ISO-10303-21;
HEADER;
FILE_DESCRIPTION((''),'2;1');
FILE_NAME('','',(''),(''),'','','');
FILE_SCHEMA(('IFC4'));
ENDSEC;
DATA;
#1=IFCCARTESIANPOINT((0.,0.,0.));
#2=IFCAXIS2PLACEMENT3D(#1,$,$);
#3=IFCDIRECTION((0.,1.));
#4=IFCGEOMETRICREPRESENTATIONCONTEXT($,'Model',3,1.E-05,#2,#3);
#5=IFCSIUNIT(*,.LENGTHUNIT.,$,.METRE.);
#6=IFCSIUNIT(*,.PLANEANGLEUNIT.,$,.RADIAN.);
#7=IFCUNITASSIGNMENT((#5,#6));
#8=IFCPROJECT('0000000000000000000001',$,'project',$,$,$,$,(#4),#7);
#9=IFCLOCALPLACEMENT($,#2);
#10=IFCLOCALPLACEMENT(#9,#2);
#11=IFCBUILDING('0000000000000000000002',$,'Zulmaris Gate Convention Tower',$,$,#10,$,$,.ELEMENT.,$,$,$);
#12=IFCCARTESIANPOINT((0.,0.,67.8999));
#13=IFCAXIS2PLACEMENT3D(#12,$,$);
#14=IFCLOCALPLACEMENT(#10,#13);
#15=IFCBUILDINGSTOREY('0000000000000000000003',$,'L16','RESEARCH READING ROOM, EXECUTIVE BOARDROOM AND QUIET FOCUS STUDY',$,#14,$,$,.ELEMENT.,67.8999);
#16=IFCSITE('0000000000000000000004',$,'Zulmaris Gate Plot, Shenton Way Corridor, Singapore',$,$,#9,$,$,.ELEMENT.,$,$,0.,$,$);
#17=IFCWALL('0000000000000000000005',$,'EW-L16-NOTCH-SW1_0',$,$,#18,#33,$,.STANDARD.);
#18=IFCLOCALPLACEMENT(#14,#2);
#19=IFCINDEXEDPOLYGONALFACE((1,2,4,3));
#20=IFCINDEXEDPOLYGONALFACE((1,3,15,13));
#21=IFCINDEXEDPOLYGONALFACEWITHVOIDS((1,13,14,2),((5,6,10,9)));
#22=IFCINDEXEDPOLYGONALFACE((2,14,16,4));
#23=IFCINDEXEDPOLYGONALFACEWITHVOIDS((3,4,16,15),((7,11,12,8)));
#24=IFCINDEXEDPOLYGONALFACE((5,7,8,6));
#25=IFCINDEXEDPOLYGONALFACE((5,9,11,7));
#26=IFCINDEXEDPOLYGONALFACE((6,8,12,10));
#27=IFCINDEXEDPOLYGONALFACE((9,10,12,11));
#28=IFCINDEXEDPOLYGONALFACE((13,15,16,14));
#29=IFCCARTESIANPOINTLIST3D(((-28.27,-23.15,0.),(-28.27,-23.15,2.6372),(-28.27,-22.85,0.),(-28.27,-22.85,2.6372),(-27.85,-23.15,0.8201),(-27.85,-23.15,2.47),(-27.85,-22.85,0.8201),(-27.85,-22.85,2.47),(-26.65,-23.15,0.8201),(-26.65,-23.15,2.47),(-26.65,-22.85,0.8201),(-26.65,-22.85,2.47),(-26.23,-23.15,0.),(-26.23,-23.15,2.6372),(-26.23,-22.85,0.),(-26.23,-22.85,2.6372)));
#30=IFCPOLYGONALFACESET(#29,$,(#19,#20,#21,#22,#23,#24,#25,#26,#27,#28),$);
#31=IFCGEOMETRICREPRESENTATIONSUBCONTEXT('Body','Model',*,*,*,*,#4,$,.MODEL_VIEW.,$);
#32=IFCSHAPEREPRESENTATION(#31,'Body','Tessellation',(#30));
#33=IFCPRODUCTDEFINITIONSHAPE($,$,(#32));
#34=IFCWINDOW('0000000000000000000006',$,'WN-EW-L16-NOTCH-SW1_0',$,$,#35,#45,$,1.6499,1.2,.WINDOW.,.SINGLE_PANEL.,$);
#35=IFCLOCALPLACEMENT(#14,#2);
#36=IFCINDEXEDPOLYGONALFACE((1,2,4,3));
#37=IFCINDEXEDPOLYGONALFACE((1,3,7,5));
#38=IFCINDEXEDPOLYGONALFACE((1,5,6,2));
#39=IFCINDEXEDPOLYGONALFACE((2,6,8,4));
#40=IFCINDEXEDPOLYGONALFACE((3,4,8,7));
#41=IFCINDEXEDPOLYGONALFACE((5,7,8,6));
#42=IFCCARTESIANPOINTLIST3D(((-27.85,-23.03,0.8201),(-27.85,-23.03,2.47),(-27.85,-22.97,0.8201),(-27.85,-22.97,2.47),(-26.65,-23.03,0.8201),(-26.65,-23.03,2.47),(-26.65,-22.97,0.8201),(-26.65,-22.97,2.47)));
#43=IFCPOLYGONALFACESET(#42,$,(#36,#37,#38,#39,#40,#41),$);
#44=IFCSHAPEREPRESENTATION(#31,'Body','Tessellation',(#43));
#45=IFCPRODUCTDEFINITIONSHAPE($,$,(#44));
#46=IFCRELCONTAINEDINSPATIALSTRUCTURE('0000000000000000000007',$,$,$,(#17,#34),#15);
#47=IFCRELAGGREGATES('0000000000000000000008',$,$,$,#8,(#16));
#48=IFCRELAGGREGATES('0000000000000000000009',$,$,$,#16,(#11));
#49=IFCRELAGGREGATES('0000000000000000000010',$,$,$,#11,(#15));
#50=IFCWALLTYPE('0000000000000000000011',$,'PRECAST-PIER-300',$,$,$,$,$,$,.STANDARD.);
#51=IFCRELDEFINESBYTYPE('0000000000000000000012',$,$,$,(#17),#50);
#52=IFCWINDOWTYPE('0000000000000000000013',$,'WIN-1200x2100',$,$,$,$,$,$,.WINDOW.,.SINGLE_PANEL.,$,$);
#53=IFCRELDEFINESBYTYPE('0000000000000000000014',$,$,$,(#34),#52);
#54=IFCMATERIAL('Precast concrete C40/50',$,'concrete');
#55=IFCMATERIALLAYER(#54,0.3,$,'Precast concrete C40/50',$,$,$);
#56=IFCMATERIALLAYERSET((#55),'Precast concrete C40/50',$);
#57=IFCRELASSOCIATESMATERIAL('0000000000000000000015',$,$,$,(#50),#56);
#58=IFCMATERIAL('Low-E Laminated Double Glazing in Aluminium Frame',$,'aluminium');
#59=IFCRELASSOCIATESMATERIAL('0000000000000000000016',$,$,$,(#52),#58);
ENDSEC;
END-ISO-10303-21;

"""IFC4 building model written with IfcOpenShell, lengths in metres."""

from ifc_helpers import new_model, si_unit, direction, frame, frame_2d, origin, place, context, subcontext, project, spatial, rectangle, extrude, material, layer, layer_set, type_object, element, fill, save


model = new_model("IFC4")

# Units and contexts
model_context = context("Model", 3, precision=1e-05, world=origin(), true_north=direction((0.0, 1.0)))
body_context = subcontext(model_context, "Body", "Model", "MODEL_VIEW")
ifc_project = project(units=[si_unit("LENGTHUNIT", "METRE"), si_unit("PLANEANGLEUNIT", "RADIAN")], contexts=[model_context])

# Site, building, storey
site_placement = place(None, origin())
site = spatial("IfcSite", under=ifc_project, at=site_placement, Name="Zulmaris Gate Plot, Shenton Way Corridor, Singapore", CompositionType="ELEMENT", RefElevation=0.0)
building_placement = place(site_placement, origin())
building = spatial("IfcBuilding", under=site, at=building_placement, Name="Zulmaris Gate Convention Tower", CompositionType="ELEMENT")
storey_placement = place(building_placement, frame((0.0, 0.0, 67.8999)))
storey = spatial("IfcBuildingStorey", under=building, at=storey_placement, Name="L16", Description="RESEARCH READING ROOM, EXECUTIVE BOARDROOM AND QUIET FOCUS STUDY", CompositionType="ELEMENT", Elevation=67.8999)

# Wall, opening, window
ifc_material_1 = material(Name="Precast concrete C40/50", Category="concrete")
ifc_layer_1 = layer(ifc_material_1, 0.3, Name="Precast concrete C40/50")
ifc_layer_set_1 = layer_set([ifc_layer_1], Name="Precast concrete C40/50")
wall_type_1 = type_object("IfcWallType", Name="PRECAST-PIER-300", PredefinedType="STANDARD", material=ifc_layer_set_1)
wall_1_placement = place(storey_placement, frame((-28.27, -23.0, 0.0), z_axis=(0.0, 0.0, 1.0), x_axis=(1.0, 0.0, 0.0)))
wall_1 = element("IfcWall", 1, at=wall_1_placement, inside=storey, type_object=wall_type_1, Name="EW-L16-NOTCH-SW1_0", PredefinedType="STANDARD", context=body_context, shape_type="SweptSolid", body=[
    extrude(rectangle(XDim=2.04, YDim=0.3, at=frame_2d((1.02, 0.0))), origin(), (0.0, 0.0, 1.0), 2.6372),
])
opening_1_placement = place(wall_1_placement, frame((0.4199, 0.0, 0.8201)))
opening_1 = element("IfcOpeningElement", 2, at=opening_1_placement, cuts=wall_1, PredefinedType="OPENING", context=body_context, shape_type="SweptSolid", body=[
    extrude(rectangle(XDim=1.2, YDim=1.6499, at=frame_2d((0.6001, 0.825))), frame((0.0, 0.1602, 0.0), z_axis=(0.0, -1.0, 0.0), x_axis=(1.0, 0.0, 0.0)), (0.0, 0.0, 1.0), 0.3201),
])
ifc_material_2 = material(Name="Low-E Laminated Double Glazing in Aluminium Frame", Category="aluminium")
window_type = type_object("IfcWindowType", Name="WIN-1200x2100", PartitioningType="SINGLE_PANEL", PredefinedType="WINDOW", material=ifc_material_2)
window_placement = place(opening_1_placement, origin())
window = element("IfcWindow", 3, at=window_placement, inside=storey, type_object=window_type, Name="WN-EW-L16-NOTCH-SW1_0", OverallHeight=1.6499, OverallWidth=1.2, PartitioningType="SINGLE_PANEL", PredefinedType="WINDOW", context=body_context, shape_type="SweptSolid", body=[
    extrude(rectangle(XDim=1.2, YDim=1.6499, at=frame_2d((0.6001, 0.825))), frame((0.0, 0.03, 0.0), z_axis=(0.0, -1.0, 0.0), x_axis=(1.0, 0.0, 0.0)), (0.0, 0.0, 1.0), 0.0601),
])
fill(opening_1, window)

save(model, "model.ifc")
